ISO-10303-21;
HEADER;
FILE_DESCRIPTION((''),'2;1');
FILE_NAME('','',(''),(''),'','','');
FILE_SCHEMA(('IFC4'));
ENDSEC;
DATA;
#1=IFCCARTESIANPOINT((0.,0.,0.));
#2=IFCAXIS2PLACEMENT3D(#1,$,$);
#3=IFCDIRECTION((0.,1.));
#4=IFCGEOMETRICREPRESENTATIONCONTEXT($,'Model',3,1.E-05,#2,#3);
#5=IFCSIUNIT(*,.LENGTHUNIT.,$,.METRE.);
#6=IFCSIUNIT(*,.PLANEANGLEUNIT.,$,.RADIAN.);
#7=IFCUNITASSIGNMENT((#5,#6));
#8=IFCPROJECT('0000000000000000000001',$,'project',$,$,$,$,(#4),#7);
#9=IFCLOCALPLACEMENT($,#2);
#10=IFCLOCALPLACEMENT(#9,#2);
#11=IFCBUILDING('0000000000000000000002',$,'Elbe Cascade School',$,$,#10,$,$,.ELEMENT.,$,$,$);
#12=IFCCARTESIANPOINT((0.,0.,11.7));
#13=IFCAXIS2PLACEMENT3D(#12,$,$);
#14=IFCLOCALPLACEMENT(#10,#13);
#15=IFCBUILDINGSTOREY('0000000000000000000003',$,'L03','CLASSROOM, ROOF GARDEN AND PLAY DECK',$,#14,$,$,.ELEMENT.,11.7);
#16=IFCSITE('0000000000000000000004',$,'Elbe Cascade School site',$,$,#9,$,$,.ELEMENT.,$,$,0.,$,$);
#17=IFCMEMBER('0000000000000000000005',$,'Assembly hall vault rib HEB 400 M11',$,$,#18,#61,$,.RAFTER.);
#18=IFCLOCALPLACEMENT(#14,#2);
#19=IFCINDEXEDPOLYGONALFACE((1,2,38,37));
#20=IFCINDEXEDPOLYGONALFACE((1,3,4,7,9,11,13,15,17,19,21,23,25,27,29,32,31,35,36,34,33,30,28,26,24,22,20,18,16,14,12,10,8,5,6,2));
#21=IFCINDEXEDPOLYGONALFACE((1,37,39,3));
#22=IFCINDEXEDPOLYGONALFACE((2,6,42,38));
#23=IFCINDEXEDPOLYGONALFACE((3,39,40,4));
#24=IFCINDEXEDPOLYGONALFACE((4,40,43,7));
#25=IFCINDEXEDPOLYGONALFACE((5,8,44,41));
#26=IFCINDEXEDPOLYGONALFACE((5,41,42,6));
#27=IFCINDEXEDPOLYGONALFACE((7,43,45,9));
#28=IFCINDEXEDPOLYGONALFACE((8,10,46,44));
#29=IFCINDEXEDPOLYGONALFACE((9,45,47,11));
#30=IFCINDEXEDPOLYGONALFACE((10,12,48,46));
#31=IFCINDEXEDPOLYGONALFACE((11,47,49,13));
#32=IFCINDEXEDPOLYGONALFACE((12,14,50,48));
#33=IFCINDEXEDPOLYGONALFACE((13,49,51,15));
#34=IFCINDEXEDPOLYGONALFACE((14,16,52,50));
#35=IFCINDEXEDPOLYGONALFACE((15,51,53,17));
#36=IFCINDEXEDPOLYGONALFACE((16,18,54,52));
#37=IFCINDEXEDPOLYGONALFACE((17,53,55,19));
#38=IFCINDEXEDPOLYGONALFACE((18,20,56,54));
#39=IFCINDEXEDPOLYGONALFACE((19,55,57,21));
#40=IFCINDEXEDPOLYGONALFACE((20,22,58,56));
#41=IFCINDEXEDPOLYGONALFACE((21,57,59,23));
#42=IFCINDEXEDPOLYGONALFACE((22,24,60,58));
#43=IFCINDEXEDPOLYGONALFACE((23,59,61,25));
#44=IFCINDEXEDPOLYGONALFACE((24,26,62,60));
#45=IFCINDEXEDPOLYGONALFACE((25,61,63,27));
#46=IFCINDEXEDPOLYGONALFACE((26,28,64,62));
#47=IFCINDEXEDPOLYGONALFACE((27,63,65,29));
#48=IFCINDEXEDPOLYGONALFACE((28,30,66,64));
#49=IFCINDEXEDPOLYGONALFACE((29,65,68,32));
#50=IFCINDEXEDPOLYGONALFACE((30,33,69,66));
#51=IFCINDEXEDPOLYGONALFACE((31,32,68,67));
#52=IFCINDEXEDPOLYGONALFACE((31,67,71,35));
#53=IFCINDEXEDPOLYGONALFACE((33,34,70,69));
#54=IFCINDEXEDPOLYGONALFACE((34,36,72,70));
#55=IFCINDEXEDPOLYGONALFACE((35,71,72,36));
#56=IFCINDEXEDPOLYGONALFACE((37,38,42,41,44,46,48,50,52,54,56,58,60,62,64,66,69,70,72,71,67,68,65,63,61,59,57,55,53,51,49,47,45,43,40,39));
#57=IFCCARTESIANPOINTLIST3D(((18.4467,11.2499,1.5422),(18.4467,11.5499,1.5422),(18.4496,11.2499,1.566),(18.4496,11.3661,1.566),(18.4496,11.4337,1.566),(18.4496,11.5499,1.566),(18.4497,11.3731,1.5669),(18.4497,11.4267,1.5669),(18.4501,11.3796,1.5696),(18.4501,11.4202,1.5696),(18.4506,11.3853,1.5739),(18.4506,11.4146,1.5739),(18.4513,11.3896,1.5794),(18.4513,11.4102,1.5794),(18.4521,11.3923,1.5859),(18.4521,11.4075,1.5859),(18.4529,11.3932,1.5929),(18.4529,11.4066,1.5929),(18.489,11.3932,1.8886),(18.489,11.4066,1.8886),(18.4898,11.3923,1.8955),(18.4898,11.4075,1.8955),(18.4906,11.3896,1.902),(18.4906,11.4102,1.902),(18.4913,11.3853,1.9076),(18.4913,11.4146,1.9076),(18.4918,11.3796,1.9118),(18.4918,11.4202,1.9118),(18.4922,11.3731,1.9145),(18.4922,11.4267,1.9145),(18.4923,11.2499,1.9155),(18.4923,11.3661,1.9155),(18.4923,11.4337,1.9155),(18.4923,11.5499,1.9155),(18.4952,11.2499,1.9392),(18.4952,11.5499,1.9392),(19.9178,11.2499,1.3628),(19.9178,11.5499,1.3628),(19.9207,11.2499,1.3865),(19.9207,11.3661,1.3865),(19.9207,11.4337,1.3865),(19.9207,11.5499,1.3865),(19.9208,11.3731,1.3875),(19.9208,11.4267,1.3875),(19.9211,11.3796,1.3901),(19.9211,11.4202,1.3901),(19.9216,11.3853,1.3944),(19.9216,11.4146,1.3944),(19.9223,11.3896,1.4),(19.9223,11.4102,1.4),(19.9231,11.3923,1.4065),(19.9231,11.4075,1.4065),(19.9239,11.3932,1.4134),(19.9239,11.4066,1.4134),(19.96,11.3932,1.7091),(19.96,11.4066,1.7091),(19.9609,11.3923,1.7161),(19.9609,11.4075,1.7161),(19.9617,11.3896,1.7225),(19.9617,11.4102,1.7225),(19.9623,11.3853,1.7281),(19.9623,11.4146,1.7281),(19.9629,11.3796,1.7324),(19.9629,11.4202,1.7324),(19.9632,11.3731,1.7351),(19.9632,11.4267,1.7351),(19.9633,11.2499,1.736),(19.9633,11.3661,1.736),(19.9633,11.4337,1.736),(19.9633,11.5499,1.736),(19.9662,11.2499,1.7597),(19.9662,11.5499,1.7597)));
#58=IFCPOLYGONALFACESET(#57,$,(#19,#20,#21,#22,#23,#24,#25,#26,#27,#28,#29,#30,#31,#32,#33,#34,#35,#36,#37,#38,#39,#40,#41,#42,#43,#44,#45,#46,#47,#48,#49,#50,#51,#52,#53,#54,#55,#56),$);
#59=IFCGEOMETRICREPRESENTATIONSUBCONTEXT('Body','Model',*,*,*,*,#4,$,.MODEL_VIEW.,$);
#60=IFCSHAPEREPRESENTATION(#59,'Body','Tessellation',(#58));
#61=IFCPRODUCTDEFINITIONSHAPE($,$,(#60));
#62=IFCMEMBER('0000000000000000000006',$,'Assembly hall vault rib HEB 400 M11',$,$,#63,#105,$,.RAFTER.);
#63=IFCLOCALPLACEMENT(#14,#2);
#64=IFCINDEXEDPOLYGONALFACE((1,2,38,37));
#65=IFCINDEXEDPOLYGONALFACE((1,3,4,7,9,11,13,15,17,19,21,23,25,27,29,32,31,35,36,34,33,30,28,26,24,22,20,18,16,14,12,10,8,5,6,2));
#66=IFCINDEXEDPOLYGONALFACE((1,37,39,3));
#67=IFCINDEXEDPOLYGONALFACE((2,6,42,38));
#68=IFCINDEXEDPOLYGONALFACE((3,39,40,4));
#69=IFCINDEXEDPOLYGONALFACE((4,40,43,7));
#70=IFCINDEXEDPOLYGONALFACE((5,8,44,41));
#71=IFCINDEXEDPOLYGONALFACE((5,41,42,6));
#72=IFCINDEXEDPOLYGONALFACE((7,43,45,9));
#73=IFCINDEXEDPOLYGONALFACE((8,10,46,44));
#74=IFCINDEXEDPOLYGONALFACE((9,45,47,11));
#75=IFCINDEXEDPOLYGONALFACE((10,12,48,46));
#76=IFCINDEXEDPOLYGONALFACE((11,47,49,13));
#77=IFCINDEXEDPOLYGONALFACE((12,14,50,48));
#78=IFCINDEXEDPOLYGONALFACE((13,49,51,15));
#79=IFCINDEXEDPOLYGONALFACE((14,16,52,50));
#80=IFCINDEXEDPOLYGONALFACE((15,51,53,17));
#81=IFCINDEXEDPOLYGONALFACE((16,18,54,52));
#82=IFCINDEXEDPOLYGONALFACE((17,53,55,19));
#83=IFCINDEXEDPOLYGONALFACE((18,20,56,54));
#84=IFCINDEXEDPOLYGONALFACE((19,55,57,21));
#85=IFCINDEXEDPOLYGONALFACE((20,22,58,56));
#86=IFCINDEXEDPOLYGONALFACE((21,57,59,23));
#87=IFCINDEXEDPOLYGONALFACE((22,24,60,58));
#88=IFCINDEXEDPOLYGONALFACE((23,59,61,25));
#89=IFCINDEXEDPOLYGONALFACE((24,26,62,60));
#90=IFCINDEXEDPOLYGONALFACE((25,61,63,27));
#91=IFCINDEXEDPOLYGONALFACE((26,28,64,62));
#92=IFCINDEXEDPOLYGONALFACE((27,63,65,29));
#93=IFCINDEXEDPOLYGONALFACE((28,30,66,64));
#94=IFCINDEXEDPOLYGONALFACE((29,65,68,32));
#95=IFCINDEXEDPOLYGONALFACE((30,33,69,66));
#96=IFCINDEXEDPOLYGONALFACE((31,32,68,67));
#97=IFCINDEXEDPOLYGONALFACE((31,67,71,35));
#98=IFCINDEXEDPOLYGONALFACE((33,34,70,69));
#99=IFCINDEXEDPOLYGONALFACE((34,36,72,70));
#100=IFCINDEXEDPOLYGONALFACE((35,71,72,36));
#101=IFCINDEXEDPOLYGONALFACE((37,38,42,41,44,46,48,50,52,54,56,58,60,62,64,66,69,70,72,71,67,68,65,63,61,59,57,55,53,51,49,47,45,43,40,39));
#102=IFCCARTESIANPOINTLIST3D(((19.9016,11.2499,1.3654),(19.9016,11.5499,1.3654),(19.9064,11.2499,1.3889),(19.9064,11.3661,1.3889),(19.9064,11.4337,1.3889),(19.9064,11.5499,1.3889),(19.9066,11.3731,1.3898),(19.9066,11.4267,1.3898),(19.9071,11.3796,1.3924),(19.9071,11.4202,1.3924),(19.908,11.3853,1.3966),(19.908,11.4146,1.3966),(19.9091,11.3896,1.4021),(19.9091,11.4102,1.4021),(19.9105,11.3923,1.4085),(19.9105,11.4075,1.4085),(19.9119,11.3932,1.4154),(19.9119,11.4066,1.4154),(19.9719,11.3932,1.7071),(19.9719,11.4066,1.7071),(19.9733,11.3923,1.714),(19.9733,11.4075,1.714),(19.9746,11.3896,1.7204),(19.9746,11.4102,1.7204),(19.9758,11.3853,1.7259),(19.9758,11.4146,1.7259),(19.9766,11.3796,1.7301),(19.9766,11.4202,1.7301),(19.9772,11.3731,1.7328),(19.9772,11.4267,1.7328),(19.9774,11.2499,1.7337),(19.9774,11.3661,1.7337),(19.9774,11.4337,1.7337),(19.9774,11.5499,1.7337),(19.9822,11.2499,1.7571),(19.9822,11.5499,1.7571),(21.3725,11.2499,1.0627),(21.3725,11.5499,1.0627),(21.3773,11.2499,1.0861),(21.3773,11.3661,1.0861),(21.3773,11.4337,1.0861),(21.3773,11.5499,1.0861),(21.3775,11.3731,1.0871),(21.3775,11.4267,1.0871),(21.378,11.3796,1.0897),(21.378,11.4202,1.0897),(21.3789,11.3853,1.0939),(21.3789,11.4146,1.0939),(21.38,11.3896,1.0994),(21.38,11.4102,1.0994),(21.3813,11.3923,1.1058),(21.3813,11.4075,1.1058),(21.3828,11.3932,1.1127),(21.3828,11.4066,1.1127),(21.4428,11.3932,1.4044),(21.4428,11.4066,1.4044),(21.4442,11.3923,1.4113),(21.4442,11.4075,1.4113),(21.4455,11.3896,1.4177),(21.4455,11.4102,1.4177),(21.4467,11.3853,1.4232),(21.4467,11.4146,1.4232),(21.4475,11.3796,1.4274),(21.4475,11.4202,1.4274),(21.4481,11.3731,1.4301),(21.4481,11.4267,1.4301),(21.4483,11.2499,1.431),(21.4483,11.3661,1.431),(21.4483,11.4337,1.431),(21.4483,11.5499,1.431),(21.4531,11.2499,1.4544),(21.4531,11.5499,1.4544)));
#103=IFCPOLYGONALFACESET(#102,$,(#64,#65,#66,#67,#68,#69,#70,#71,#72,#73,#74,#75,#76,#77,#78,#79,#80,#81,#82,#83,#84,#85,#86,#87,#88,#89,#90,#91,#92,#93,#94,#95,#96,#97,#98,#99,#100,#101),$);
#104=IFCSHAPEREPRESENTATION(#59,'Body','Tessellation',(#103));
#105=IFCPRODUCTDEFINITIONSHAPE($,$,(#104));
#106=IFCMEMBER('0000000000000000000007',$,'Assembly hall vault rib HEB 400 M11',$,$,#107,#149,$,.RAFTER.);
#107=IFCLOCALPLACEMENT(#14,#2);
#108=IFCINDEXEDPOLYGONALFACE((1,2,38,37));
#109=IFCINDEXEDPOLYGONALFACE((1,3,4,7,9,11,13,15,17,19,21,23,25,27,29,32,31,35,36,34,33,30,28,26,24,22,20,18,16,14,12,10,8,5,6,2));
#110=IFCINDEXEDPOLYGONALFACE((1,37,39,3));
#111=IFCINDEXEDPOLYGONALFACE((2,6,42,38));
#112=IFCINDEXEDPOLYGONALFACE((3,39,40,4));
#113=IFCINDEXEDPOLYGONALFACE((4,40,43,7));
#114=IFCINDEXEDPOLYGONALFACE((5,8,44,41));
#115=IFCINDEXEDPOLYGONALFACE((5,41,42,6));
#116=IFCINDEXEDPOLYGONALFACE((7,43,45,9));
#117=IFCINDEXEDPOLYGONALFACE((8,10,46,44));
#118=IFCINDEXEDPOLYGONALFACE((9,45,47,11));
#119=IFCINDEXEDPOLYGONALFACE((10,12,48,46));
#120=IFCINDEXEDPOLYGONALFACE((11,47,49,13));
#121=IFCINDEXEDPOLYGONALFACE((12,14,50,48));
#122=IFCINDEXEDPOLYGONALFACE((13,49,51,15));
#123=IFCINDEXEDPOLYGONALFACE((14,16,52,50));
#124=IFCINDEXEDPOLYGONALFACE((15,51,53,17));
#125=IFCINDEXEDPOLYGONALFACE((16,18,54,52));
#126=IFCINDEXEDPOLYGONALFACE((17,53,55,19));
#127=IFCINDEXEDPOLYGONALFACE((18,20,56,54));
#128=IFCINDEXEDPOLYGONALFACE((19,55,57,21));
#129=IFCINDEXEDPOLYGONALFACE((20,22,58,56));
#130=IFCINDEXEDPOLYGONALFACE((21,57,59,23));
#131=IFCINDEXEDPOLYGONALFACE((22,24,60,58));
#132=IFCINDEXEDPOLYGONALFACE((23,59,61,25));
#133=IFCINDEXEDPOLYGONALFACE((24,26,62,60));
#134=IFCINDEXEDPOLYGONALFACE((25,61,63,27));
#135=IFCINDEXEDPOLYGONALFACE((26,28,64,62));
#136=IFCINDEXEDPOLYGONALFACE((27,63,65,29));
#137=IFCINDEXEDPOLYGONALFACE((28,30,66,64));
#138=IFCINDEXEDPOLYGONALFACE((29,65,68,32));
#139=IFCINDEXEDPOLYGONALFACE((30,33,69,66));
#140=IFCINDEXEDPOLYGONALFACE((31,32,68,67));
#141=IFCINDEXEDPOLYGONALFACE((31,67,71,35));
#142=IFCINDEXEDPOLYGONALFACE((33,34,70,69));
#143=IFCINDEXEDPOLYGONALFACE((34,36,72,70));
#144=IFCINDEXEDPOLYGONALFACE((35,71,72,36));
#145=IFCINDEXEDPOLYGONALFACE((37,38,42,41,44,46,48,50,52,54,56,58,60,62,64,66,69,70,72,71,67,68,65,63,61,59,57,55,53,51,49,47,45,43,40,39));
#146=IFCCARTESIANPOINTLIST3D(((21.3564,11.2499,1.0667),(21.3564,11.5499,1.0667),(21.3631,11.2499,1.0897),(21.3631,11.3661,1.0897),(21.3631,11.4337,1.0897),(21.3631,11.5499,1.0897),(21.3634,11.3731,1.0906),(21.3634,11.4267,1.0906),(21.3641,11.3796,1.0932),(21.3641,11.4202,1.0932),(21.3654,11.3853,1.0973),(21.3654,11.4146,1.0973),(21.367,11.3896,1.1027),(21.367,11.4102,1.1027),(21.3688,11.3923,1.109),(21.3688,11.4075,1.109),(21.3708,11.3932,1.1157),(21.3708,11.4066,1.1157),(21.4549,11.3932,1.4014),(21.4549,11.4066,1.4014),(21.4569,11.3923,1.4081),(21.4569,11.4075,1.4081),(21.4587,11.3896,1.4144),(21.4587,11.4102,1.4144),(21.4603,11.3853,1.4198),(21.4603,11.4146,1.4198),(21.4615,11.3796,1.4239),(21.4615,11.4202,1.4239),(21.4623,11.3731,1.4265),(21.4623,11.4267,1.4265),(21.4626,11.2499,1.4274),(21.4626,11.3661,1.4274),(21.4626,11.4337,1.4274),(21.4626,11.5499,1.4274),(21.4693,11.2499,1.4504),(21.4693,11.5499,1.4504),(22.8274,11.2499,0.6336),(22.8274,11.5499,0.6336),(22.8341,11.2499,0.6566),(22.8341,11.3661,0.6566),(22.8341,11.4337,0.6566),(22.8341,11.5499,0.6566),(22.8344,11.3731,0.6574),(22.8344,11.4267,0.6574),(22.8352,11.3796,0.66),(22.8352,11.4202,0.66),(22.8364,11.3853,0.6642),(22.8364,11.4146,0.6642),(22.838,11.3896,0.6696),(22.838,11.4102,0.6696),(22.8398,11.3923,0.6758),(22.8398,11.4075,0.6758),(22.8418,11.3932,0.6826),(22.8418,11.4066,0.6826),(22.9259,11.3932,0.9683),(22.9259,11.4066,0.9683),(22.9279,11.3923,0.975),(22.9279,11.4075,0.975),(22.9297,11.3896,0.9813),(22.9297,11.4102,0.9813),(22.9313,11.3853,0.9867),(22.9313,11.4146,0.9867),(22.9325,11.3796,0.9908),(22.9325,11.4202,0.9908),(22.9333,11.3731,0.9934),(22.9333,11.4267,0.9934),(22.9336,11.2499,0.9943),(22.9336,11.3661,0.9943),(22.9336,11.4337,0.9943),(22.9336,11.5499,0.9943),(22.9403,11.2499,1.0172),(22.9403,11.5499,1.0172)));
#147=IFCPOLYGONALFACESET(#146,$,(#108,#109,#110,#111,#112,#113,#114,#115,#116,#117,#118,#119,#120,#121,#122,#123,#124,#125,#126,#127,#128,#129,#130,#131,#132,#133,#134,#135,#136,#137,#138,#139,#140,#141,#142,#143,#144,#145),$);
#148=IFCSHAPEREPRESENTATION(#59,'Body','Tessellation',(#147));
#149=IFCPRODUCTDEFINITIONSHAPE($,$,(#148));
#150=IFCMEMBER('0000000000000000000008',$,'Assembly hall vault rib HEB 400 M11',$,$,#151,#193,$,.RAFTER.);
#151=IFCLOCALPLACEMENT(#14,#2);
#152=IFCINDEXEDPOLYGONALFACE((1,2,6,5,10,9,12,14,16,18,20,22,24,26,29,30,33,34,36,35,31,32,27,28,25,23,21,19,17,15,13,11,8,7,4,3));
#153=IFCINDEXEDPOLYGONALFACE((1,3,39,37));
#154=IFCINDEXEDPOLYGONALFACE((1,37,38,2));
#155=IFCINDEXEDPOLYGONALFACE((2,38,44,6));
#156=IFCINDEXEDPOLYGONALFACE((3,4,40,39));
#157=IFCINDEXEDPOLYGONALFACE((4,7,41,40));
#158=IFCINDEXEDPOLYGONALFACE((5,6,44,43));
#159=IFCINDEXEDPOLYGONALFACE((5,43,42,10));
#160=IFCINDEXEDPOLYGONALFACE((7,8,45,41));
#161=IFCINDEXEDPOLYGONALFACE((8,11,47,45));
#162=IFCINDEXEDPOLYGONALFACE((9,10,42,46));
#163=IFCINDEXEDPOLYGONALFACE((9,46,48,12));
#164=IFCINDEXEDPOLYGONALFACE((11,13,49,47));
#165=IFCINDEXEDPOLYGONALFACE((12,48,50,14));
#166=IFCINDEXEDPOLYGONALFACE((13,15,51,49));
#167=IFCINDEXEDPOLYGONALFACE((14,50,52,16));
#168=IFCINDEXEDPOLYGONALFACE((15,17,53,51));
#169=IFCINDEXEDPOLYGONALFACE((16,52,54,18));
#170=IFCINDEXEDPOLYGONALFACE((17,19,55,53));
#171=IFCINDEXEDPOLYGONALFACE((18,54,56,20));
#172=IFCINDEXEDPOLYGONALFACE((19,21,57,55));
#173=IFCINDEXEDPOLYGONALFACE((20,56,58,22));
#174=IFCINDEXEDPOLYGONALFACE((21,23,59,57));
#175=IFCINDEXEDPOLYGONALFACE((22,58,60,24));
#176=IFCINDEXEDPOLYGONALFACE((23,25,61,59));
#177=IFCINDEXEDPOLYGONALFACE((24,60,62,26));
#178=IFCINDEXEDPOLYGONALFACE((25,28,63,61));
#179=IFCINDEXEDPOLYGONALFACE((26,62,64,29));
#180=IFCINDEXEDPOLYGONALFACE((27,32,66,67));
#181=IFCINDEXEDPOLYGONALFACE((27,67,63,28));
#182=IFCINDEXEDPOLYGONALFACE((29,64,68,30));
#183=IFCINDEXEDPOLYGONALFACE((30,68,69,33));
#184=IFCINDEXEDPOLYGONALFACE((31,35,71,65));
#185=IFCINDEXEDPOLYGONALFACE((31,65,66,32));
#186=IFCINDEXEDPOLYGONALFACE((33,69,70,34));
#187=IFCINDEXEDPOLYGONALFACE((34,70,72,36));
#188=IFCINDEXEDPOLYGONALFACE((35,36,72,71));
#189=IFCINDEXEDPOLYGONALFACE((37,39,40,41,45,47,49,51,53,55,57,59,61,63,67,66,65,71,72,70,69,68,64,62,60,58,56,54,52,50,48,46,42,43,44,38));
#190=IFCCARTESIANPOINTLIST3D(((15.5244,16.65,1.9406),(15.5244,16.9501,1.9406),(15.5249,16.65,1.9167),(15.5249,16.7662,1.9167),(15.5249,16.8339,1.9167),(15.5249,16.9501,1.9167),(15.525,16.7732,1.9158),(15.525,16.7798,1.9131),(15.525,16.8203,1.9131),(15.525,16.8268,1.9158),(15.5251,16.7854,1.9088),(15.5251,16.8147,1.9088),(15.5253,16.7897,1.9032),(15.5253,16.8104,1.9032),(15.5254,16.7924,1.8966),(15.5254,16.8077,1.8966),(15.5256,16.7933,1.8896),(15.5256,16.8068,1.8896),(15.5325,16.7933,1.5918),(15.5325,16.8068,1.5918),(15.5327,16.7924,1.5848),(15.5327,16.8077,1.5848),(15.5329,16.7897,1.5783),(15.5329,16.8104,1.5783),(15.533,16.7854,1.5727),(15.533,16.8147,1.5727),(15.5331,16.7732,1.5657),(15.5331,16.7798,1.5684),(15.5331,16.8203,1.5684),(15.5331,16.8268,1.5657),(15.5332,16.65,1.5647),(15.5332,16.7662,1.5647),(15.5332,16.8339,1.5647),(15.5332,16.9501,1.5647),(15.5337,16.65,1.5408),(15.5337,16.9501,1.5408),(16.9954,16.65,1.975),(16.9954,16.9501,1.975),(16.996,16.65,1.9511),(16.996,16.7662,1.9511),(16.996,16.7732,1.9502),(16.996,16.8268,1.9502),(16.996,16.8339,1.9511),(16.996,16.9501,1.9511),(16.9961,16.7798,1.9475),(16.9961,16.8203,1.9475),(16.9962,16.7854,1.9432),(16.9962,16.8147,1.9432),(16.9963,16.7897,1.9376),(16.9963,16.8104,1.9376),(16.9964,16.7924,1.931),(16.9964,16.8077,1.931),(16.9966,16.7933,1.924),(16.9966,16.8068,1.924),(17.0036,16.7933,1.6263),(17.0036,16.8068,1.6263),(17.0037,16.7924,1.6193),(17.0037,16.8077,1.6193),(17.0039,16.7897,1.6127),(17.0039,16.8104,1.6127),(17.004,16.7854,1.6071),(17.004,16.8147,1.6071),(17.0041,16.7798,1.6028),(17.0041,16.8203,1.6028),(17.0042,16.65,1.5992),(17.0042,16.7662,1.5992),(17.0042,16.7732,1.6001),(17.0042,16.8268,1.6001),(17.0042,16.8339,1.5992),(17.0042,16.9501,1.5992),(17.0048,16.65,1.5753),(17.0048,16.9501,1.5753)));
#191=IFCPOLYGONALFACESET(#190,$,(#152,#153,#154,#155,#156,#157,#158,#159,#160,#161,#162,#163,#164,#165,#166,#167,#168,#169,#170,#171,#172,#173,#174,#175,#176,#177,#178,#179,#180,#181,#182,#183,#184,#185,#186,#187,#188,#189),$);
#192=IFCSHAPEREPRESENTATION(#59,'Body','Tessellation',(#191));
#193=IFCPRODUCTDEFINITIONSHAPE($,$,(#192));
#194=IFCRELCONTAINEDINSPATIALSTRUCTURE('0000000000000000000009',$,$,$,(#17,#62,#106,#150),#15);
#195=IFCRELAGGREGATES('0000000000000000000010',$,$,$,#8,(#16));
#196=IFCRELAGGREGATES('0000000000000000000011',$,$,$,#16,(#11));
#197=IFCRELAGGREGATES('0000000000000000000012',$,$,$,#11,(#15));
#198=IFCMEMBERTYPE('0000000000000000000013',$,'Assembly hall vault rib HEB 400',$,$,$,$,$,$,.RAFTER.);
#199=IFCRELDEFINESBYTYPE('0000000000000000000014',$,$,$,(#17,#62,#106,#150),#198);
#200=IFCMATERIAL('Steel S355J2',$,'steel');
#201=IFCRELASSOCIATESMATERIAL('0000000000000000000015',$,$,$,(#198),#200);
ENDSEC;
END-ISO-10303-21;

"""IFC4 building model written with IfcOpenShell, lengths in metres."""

from ifc_helpers import new_model, si_unit, direction, frame, origin, origin_2d, place, context, subcontext, project, spatial, i_section, extrude, material, material_profile, profile_set, type_object, element, save


model = new_model("IFC4")

# Units and contexts
model_context = context("Model", 3, precision=1e-05, world=origin(), true_north=direction((0.0, 1.0)))
body_context = subcontext(model_context, "Body", "Model", "MODEL_VIEW")
ifc_project = project(units=[si_unit("LENGTHUNIT", "METRE"), si_unit("PLANEANGLEUNIT", "RADIAN")], contexts=[model_context])

# Site, building, storey
site_placement = place(None, origin())
site = spatial("IfcSite", under=ifc_project, at=site_placement, Name="Elbe Cascade School site", CompositionType="ELEMENT", RefElevation=0.0)
building_placement = place(site_placement, origin())
building = spatial("IfcBuilding", under=site, at=building_placement, Name="Elbe Cascade School", CompositionType="ELEMENT")
storey_placement = place(building_placement, frame((0.0, 0.0, 11.7)))
storey = spatial("IfcBuildingStorey", under=building, at=storey_placement, Name="L03", Description="CLASSROOM, ROOF GARDEN AND PLAY DECK", CompositionType="ELEMENT", Elevation=11.7)

# Members
ifc_material_1 = material(Name="Steel S355J2", Category="steel")
ifc_material_profile_1 = material_profile(ifc_material_1, i_section(OverallWidth=0.3, OverallDepth=0.3999, WebThickness=0.0134, FlangeThickness=0.0239, FilletRadius=0.0271, at=origin_2d()), Name="HEB 400")
ifc_profile_set_1 = profile_set([ifc_material_profile_1], Name="Steel S355J2")
member_type_1 = type_object("IfcMemberType", Name="Assembly hall vault rib HEB 400", PredefinedType="RAFTER", material=ifc_profile_set_1)
member_1_placement = place(storey_placement, frame((18.4709, 11.3999, 1.7407), z_axis=(0.992641, 0.0, -0.121094), x_axis=(0.0, 1.0, 0.0)))
element("IfcMember", 1, at=member_1_placement, inside=storey, type_object=member_type_1, Name="Assembly hall vault rib HEB 400 M11", PredefinedType="RAFTER", context=body_context, shape_type="SweptSolid", body=[
    extrude(i_section(OverallWidth=0.3, OverallDepth=0.3999, WebThickness=0.0134, FlangeThickness=0.0239, FilletRadius=0.0271, at=origin_2d()), origin(), (0.0, 0.0, 1.0), 1.4819),
])
member_2_placement = place(storey_placement, frame((19.9419, 11.3999, 1.5613), z_axis=(0.979471, 0.0, -0.201584), x_axis=(0.0, 1.0, 0.0)))
element("IfcMember", 2, at=member_2_placement, inside=storey, type_object=member_type_1, Name="Assembly hall vault rib HEB 400 M11", PredefinedType="RAFTER", context=body_context, shape_type="SweptSolid", body=[
    extrude(i_section(OverallWidth=0.3, OverallDepth=0.3999, WebThickness=0.0134, FlangeThickness=0.0239, FilletRadius=0.0271, at=origin_2d()), origin(), (0.0, 0.0, 1.0), 1.5017),
])
member_3_placement = place(storey_placement, frame((21.4128, 11.3999, 1.2585), z_axis=(0.959282, 0.0, -0.282451), x_axis=(0.0, 1.0, 0.0)))
element("IfcMember", 3, at=member_3_placement, inside=storey, type_object=member_type_1, Name="Assembly hall vault rib HEB 400 M11", PredefinedType="RAFTER", context=body_context, shape_type="SweptSolid", body=[
    extrude(i_section(OverallWidth=0.3, OverallDepth=0.3999, WebThickness=0.0134, FlangeThickness=0.0239, FilletRadius=0.0271, at=origin_2d()), origin(), (0.0, 0.0, 1.0), 1.5334),
])
for number, where, z_axis, x_axis, name in (
    (4, (15.5291, 16.8, 1.7407), (0.999726, 0.0, 0.023396), (0.0, 1.0, 0.0), "Assembly hall vault rib HEB 400 M11"),
):
    element("IfcMember", number, at=place(storey_placement, frame(where, z_axis=z_axis, x_axis=x_axis)), inside=storey, type_object=member_type_1, Name=name, PredefinedType="RAFTER", context=body_context, shape_type="SweptSolid", body=[
        extrude(i_section(OverallWidth=0.3, OverallDepth=0.3999, WebThickness=0.0134, FlangeThickness=0.0239, FilletRadius=0.0271, at=origin_2d()), origin(), (0.0, 0.0, 1.0), 1.4714),
    ])

save(model, "model.ifc")
